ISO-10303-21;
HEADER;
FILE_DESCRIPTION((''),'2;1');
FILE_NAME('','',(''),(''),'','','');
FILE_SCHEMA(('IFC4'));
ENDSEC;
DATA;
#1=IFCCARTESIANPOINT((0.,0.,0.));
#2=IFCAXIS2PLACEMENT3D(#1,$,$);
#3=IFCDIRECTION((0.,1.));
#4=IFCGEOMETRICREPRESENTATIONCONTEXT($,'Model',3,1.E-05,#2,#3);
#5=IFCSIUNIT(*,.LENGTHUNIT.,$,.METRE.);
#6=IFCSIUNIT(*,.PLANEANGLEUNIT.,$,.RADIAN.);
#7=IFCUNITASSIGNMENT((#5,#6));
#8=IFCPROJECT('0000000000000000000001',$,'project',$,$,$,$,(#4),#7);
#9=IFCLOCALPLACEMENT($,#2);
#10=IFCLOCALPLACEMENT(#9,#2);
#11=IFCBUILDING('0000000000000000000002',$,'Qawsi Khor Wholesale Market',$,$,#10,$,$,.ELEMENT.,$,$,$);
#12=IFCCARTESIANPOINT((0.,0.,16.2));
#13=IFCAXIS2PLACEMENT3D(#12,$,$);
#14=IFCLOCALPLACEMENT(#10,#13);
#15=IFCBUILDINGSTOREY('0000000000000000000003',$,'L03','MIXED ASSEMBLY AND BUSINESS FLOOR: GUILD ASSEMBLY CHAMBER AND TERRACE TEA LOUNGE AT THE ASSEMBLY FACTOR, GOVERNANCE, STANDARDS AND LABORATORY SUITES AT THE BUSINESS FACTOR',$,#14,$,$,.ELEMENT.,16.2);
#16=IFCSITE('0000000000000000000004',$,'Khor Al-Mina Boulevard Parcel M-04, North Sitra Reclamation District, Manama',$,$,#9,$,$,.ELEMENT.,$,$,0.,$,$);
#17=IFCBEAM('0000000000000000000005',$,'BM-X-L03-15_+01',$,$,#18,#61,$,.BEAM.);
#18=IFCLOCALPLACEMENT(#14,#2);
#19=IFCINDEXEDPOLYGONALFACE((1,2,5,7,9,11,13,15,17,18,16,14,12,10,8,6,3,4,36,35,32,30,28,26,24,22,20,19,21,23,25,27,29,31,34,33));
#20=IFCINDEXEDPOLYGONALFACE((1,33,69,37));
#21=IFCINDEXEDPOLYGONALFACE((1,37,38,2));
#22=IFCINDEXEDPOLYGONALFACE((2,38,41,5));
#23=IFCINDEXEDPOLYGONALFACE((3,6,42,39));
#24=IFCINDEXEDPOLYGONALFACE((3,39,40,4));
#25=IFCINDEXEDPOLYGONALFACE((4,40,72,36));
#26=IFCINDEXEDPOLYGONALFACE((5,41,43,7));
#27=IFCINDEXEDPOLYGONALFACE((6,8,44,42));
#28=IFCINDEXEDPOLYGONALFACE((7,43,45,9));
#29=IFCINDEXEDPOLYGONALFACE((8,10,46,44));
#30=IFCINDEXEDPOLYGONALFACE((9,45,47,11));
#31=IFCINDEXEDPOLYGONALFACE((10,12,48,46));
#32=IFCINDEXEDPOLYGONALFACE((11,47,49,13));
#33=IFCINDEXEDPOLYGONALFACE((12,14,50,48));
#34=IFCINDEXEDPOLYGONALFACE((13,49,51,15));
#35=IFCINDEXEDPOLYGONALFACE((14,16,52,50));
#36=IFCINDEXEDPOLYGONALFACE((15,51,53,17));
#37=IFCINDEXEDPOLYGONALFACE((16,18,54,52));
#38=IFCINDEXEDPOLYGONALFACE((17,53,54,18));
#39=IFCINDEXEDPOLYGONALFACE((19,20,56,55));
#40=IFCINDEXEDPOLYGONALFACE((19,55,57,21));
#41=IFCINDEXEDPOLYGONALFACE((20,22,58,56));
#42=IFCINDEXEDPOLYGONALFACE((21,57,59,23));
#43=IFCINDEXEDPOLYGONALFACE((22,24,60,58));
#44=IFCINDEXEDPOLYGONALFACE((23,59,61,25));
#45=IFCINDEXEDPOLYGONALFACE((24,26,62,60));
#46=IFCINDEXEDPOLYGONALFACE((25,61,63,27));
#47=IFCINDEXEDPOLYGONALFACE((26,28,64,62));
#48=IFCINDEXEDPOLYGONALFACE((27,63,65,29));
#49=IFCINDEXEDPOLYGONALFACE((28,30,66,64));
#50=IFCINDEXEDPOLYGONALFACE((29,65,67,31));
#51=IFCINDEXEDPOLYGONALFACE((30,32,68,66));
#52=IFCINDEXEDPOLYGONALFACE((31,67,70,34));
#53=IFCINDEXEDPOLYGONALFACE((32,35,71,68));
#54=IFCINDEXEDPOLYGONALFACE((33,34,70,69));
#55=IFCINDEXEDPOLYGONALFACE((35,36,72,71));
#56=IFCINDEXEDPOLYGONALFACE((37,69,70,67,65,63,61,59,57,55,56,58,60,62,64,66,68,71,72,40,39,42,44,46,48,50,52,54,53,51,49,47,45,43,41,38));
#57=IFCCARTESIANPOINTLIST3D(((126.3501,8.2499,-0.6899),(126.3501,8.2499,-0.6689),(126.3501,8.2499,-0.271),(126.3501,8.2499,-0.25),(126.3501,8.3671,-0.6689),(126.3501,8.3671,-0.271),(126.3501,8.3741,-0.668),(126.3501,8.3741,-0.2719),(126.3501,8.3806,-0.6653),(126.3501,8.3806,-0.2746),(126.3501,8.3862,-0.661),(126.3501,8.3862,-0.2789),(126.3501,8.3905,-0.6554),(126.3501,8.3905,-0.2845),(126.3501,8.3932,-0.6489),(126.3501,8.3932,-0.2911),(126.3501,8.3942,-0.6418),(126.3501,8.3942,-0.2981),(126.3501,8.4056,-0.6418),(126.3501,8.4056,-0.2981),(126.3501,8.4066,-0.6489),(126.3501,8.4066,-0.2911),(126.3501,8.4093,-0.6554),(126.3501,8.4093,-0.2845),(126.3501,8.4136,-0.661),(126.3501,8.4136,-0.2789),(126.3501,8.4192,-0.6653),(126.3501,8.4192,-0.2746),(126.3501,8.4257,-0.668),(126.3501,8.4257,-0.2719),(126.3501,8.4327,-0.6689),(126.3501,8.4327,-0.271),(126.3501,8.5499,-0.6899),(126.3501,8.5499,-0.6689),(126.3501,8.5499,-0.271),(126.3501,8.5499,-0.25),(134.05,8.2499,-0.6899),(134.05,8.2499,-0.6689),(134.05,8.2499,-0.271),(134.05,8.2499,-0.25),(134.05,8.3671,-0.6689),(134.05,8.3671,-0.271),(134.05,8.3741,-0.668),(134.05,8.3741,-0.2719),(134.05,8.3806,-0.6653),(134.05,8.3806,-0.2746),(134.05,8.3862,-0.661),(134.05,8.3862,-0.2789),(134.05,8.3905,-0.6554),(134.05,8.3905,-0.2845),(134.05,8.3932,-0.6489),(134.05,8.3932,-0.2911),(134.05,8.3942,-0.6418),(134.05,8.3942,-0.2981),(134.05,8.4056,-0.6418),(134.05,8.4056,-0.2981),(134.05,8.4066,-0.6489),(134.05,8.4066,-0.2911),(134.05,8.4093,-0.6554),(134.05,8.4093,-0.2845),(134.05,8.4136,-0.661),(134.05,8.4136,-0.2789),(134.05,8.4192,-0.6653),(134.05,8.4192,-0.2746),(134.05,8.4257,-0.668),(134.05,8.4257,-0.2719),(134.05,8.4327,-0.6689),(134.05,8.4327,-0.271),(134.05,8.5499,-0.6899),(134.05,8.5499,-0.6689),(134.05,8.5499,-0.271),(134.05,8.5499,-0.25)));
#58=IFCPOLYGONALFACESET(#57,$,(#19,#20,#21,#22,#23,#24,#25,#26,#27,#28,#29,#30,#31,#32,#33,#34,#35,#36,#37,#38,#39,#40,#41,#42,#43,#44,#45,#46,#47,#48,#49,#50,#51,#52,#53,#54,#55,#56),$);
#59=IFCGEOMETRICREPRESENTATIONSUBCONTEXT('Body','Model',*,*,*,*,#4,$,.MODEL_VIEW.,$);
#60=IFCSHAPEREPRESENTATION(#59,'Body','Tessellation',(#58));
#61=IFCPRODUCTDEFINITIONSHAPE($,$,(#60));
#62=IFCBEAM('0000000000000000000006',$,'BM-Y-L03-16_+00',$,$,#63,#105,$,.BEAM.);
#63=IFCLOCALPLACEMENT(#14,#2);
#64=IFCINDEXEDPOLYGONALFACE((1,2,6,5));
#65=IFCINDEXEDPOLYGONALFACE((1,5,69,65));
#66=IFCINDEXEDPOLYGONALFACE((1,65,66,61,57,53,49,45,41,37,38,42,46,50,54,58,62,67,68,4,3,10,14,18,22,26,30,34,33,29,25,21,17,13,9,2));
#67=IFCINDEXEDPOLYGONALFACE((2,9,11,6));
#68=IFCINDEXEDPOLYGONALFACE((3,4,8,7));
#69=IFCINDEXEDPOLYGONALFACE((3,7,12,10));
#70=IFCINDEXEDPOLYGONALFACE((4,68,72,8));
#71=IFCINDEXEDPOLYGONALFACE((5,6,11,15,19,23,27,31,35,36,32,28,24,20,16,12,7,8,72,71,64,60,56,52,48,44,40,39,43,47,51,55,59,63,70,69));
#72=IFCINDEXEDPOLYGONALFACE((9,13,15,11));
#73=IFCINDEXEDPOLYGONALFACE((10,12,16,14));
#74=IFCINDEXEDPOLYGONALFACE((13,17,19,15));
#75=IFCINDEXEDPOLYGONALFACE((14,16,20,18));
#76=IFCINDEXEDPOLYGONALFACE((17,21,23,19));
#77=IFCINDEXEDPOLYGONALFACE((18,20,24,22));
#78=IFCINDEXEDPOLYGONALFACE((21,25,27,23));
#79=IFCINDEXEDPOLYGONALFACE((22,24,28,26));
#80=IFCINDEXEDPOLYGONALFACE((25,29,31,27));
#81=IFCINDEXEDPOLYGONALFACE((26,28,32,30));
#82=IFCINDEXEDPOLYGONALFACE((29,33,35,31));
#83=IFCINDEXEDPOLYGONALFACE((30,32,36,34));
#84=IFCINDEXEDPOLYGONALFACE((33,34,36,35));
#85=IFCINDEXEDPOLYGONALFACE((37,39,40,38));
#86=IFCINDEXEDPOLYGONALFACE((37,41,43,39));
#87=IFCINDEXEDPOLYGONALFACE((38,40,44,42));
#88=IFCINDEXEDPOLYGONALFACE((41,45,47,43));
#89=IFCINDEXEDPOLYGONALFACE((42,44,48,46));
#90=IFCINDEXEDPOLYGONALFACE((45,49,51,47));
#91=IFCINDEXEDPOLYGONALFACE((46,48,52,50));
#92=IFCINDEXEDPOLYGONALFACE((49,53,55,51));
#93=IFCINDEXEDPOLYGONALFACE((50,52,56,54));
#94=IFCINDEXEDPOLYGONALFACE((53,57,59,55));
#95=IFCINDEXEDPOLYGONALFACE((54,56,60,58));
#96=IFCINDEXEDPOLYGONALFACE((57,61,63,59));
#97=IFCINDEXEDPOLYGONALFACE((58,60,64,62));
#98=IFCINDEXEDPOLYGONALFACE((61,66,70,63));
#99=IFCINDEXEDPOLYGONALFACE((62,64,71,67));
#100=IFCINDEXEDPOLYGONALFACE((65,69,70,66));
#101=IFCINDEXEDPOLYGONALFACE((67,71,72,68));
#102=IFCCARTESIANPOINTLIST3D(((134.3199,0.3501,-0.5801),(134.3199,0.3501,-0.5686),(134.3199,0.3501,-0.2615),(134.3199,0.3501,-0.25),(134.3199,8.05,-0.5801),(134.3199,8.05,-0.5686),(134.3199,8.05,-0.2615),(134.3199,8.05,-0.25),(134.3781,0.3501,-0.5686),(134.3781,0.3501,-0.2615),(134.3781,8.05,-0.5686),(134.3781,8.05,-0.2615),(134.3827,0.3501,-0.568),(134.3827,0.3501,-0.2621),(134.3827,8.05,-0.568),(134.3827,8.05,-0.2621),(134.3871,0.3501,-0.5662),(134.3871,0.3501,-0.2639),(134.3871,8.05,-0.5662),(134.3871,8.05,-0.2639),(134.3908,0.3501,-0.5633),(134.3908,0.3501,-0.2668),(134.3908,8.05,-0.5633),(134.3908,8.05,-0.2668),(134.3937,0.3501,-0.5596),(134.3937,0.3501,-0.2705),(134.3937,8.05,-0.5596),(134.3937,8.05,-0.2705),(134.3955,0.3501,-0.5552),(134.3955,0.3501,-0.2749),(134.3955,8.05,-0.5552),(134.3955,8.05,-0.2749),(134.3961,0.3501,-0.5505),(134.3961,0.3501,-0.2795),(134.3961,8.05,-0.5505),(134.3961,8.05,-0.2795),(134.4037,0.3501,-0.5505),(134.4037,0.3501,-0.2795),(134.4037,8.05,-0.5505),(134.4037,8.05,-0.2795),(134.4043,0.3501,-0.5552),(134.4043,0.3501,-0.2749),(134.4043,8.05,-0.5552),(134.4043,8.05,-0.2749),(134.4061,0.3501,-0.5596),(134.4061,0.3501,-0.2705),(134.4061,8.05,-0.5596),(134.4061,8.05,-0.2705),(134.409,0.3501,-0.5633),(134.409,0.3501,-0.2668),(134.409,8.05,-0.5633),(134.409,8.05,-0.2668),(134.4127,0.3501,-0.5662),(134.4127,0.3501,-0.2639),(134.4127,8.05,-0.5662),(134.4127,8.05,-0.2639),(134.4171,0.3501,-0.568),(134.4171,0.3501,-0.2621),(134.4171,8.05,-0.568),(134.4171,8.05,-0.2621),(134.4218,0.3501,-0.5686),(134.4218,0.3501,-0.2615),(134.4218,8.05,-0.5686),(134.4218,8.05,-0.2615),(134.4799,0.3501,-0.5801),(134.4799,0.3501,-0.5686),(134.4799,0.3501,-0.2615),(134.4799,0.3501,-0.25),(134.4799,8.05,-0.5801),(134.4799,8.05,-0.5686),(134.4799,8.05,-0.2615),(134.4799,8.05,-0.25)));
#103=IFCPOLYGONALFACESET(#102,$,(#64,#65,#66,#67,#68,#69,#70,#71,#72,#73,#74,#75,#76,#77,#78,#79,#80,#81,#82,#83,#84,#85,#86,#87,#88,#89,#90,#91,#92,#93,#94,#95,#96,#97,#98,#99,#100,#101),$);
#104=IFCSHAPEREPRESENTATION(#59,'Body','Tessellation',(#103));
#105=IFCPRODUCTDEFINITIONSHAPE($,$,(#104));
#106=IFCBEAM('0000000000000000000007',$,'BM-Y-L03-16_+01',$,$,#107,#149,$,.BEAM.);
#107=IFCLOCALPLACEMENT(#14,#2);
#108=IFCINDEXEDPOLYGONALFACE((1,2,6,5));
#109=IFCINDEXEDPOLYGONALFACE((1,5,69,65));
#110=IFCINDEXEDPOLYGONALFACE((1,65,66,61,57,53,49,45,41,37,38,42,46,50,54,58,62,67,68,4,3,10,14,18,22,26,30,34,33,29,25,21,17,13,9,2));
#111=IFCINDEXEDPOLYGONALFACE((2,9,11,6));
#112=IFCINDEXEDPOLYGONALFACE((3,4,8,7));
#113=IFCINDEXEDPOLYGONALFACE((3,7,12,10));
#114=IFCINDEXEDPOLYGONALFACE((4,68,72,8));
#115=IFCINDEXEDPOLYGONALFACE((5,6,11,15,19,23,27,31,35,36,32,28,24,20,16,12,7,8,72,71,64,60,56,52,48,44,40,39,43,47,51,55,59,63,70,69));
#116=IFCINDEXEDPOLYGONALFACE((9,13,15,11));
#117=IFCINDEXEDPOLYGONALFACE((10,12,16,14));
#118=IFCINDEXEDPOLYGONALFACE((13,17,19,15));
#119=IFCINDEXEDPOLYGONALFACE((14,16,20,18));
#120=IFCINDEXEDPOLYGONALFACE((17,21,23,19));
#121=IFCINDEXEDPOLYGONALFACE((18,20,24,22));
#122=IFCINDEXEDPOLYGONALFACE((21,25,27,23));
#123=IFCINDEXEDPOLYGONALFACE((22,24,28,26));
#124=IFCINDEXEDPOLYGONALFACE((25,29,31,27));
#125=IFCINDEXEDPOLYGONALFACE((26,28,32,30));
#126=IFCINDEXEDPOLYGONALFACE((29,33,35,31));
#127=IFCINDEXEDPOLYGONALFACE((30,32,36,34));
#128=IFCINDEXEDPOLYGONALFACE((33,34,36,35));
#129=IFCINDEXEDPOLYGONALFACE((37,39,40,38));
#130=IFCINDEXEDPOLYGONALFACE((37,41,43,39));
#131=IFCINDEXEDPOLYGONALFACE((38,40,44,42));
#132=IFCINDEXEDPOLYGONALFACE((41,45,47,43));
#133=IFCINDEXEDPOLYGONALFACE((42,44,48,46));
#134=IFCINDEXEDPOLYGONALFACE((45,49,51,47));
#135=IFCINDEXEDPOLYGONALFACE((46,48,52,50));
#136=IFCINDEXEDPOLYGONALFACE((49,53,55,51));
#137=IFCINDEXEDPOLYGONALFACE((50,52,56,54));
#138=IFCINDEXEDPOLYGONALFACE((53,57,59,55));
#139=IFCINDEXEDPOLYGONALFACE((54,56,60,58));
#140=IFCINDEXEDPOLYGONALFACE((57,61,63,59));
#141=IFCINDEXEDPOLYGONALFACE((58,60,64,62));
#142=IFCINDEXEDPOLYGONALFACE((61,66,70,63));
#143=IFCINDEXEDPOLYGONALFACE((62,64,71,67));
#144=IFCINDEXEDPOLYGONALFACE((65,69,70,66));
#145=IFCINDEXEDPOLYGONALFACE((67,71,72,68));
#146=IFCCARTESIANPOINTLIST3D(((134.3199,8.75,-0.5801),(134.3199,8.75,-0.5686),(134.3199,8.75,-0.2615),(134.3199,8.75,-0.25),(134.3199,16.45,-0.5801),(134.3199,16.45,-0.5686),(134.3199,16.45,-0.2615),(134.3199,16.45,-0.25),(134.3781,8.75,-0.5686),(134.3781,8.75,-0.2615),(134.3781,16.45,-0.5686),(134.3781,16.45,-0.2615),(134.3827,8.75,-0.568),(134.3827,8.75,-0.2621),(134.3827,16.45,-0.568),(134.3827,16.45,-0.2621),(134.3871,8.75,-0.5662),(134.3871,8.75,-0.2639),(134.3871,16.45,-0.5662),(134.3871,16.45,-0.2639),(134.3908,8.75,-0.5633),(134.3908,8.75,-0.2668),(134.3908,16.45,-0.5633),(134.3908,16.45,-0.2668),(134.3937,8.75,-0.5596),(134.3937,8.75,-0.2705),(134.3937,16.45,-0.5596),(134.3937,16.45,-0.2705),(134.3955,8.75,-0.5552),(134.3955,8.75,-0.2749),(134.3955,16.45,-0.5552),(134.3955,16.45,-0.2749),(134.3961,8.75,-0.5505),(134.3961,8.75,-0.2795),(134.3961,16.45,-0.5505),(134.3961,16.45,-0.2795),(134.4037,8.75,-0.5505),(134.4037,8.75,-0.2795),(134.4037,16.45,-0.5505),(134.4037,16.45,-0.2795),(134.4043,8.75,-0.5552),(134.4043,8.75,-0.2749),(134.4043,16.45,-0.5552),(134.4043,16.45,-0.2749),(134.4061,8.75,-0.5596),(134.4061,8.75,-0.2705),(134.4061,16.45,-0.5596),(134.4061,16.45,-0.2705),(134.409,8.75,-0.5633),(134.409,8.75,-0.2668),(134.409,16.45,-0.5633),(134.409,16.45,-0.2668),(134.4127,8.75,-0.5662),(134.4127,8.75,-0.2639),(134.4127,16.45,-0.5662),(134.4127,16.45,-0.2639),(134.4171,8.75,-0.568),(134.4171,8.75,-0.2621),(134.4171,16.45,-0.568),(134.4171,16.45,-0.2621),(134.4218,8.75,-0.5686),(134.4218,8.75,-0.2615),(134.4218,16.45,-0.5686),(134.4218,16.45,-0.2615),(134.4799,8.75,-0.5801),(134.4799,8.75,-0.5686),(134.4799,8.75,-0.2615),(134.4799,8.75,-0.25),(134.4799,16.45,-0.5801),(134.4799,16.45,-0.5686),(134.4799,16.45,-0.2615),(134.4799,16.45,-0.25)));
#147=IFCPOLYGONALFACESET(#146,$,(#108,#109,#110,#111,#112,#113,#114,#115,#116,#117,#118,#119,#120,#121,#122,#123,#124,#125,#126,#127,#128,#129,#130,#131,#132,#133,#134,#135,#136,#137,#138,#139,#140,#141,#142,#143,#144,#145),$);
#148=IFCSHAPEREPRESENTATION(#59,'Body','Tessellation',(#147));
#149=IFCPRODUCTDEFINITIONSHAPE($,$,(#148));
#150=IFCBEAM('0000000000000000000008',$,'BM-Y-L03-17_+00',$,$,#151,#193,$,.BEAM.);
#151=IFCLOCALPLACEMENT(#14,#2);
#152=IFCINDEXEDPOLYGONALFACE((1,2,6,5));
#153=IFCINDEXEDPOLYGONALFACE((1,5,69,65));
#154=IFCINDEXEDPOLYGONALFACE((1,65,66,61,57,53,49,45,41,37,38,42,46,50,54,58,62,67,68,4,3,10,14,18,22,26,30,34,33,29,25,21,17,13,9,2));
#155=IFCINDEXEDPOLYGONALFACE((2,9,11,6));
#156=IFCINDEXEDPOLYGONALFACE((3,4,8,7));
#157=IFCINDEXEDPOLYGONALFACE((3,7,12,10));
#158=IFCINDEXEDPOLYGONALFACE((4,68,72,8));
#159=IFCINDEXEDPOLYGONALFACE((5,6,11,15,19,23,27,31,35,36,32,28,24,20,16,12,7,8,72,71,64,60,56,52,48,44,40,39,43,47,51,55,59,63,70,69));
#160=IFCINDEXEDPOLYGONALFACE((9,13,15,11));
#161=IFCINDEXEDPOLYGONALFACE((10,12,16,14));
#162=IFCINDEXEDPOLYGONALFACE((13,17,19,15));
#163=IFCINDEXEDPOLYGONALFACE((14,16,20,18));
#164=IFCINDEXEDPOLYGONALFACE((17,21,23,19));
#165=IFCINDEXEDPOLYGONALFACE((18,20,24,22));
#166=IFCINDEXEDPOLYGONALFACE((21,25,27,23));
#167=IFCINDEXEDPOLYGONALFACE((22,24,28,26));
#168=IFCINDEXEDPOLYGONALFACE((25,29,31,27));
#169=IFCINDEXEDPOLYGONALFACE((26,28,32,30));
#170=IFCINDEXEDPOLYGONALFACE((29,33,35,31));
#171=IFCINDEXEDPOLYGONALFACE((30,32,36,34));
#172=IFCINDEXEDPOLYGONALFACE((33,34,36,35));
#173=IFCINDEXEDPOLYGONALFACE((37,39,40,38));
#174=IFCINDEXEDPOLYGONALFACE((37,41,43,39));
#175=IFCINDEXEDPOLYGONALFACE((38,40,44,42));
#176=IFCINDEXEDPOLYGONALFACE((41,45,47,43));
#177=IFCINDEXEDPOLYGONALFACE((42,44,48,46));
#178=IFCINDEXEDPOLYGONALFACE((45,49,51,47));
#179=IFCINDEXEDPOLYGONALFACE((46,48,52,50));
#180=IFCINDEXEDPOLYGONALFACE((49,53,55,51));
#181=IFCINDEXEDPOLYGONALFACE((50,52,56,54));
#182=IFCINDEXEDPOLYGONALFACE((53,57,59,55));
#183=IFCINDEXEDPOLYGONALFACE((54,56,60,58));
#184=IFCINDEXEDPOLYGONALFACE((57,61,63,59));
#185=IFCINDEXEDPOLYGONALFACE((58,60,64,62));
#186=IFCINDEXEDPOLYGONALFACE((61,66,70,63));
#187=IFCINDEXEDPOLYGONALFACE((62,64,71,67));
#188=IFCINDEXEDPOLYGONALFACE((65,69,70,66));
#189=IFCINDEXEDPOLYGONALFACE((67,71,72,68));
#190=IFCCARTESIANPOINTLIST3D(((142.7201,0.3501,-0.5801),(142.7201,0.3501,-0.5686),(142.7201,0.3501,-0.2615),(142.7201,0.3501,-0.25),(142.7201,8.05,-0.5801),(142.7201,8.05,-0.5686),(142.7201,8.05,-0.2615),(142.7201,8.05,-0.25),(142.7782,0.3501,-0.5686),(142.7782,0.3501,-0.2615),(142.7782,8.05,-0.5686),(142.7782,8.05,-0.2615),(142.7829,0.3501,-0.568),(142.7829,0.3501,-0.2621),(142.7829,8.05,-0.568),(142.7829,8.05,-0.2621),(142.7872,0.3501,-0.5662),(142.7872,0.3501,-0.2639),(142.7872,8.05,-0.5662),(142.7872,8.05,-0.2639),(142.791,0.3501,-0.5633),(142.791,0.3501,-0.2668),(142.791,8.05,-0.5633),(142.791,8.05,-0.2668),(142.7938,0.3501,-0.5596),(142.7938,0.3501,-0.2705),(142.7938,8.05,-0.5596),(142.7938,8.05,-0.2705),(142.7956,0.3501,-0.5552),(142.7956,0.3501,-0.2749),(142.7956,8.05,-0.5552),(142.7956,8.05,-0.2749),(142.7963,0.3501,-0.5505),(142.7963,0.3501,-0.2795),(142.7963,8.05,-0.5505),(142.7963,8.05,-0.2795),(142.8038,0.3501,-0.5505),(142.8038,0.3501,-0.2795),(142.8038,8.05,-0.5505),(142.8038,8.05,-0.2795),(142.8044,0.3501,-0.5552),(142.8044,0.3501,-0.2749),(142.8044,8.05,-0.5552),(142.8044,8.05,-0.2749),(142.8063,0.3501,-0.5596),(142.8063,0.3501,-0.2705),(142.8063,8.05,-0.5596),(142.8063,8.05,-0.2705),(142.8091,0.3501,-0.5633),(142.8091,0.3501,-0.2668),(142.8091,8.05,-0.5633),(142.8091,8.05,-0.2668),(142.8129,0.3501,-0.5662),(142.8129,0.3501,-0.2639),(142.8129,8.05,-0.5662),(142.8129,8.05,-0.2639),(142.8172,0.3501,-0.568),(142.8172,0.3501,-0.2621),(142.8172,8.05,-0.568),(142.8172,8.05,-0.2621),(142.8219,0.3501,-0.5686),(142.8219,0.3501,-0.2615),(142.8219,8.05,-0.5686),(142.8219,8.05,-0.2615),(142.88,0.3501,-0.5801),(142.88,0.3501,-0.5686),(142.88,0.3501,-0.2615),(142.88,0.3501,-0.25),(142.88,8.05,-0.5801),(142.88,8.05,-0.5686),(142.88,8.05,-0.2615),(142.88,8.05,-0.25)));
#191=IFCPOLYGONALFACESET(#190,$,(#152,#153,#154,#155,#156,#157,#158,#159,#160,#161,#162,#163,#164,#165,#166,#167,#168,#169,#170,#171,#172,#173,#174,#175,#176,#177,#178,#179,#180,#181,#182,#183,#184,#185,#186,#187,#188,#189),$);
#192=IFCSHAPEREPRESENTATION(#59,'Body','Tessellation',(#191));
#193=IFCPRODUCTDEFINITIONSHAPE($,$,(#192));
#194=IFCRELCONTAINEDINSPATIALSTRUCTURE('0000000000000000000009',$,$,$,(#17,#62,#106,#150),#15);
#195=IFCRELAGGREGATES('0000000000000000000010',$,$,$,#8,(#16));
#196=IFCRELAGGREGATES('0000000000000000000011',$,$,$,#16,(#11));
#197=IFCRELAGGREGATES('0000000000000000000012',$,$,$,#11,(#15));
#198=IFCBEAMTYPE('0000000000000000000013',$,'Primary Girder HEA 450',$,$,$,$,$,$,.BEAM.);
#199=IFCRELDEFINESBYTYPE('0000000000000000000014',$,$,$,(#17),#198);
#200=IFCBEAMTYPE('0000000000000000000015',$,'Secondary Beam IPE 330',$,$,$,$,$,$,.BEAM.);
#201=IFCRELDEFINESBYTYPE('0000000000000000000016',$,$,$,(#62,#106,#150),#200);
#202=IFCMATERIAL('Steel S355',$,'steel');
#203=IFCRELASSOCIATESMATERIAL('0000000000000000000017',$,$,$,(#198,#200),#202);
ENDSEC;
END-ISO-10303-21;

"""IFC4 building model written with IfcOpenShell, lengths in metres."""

from ifc_helpers import new_model, si_unit, direction, frame, origin, origin_2d, place, context, subcontext, project, spatial, i_section, extrude, material, material_profile, profile_set, type_object, element, save


model = new_model("IFC4")

# Units and contexts
model_context = context("Model", 3, precision=1e-05, world=origin(), true_north=direction((0.0, 1.0)))
body_context = subcontext(model_context, "Body", "Model", "MODEL_VIEW")
ifc_project = project(units=[si_unit("LENGTHUNIT", "METRE"), si_unit("PLANEANGLEUNIT", "RADIAN")], contexts=[model_context])

# Site, building, storey
site_placement = place(None, origin())
site = spatial("IfcSite", under=ifc_project, at=site_placement, Name="Khor Al-Mina Boulevard Parcel M-04, North Sitra Reclamation District, Manama", CompositionType="ELEMENT", RefElevation=0.0)
building_placement = place(site_placement, origin())
building = spatial("IfcBuilding", under=site, at=building_placement, Name="Qawsi Khor Wholesale Market", CompositionType="ELEMENT")
storey_placement = place(building_placement, frame((0.0, 0.0, 16.2)))
storey = spatial("IfcBuildingStorey", under=building, at=storey_placement, Name="L03", Description="MIXED ASSEMBLY AND BUSINESS FLOOR: GUILD ASSEMBLY CHAMBER AND TERRACE TEA LOUNGE AT THE ASSEMBLY FACTOR, GOVERNANCE, STANDARDS AND LABORATORY SUITES AT THE BUSINESS FACTOR", CompositionType="ELEMENT", Elevation=16.2)

# Beams
ifc_material_1 = material(Name="Steel S355", Category="steel")
ifc_material_profile_1 = material_profile(ifc_material_1, i_section(OverallWidth=0.3, OverallDepth=0.4399, WebThickness=0.0115, FlangeThickness=0.021, FilletRadius=0.0271, at=origin_2d()), Name="HEA 450")
ifc_profile_set_1 = profile_set([ifc_material_profile_1], Name="Steel S355")
beam_type_1 = type_object("IfcBeamType", Name="Primary Girder HEA 450", PredefinedType="BEAM", material=ifc_profile_set_1)
beam_1_placement = place(storey_placement, frame((126.3501, 8.3999, -0.47), z_axis=(1.0, 0.0, 0.0), x_axis=(0.0, 1.0, 0.0)))
element("IfcBeam", 1, at=beam_1_placement, inside=storey, type_object=beam_type_1, Name="BM-X-L03-15_+01", PredefinedType="BEAM", context=body_context, shape_type="SweptSolid", body=[
    extrude(i_section(OverallWidth=0.3, OverallDepth=0.4399, WebThickness=0.0115, FlangeThickness=0.021, FilletRadius=0.0271, at=origin_2d()), origin(), (0.0, 0.0, 1.0), 7.7),
])
ifc_material_profile_2 = material_profile(ifc_material_1, i_section(OverallWidth=0.1599, OverallDepth=0.3301, WebThickness=0.0076, FlangeThickness=0.0115, FilletRadius=0.0181, at=origin_2d()), Name="IPE 330")
ifc_profile_set_2 = profile_set([ifc_material_profile_2], Name="Steel S355")
beam_type_2 = type_object("IfcBeamType", Name="Secondary Beam IPE 330", PredefinedType="BEAM", material=ifc_profile_set_2)
for number, where, z_axis, x_axis, name in (
    (2, (134.3999, 0.3501, -0.415), (0.0, 1.0, 0.0), (-1.0, 0.0, 0.0), "BM-Y-L03-16_+00"),
    (3, (134.3999, 8.75, -0.415), (0.0, 1.0, 0.0), (-1.0, 0.0, 0.0), "BM-Y-L03-16_+01"),
    (4, (142.8, 0.3501, -0.415), (0.0, 1.0, 0.0), (-1.0, 0.0, 0.0), "BM-Y-L03-17_+00"),
):
    element("IfcBeam", number, at=place(storey_placement, frame(where, z_axis=z_axis, x_axis=x_axis)), inside=storey, type_object=beam_type_2, Name=name, PredefinedType="BEAM", context=body_context, shape_type="SweptSolid", body=[
        extrude(i_section(OverallWidth=0.1599, OverallDepth=0.3301, WebThickness=0.0076, FlangeThickness=0.0115, FilletRadius=0.0181, at=origin_2d()), origin(), (0.0, 0.0, 1.0), 7.7),
    ])

save(model, "model.ifc")
